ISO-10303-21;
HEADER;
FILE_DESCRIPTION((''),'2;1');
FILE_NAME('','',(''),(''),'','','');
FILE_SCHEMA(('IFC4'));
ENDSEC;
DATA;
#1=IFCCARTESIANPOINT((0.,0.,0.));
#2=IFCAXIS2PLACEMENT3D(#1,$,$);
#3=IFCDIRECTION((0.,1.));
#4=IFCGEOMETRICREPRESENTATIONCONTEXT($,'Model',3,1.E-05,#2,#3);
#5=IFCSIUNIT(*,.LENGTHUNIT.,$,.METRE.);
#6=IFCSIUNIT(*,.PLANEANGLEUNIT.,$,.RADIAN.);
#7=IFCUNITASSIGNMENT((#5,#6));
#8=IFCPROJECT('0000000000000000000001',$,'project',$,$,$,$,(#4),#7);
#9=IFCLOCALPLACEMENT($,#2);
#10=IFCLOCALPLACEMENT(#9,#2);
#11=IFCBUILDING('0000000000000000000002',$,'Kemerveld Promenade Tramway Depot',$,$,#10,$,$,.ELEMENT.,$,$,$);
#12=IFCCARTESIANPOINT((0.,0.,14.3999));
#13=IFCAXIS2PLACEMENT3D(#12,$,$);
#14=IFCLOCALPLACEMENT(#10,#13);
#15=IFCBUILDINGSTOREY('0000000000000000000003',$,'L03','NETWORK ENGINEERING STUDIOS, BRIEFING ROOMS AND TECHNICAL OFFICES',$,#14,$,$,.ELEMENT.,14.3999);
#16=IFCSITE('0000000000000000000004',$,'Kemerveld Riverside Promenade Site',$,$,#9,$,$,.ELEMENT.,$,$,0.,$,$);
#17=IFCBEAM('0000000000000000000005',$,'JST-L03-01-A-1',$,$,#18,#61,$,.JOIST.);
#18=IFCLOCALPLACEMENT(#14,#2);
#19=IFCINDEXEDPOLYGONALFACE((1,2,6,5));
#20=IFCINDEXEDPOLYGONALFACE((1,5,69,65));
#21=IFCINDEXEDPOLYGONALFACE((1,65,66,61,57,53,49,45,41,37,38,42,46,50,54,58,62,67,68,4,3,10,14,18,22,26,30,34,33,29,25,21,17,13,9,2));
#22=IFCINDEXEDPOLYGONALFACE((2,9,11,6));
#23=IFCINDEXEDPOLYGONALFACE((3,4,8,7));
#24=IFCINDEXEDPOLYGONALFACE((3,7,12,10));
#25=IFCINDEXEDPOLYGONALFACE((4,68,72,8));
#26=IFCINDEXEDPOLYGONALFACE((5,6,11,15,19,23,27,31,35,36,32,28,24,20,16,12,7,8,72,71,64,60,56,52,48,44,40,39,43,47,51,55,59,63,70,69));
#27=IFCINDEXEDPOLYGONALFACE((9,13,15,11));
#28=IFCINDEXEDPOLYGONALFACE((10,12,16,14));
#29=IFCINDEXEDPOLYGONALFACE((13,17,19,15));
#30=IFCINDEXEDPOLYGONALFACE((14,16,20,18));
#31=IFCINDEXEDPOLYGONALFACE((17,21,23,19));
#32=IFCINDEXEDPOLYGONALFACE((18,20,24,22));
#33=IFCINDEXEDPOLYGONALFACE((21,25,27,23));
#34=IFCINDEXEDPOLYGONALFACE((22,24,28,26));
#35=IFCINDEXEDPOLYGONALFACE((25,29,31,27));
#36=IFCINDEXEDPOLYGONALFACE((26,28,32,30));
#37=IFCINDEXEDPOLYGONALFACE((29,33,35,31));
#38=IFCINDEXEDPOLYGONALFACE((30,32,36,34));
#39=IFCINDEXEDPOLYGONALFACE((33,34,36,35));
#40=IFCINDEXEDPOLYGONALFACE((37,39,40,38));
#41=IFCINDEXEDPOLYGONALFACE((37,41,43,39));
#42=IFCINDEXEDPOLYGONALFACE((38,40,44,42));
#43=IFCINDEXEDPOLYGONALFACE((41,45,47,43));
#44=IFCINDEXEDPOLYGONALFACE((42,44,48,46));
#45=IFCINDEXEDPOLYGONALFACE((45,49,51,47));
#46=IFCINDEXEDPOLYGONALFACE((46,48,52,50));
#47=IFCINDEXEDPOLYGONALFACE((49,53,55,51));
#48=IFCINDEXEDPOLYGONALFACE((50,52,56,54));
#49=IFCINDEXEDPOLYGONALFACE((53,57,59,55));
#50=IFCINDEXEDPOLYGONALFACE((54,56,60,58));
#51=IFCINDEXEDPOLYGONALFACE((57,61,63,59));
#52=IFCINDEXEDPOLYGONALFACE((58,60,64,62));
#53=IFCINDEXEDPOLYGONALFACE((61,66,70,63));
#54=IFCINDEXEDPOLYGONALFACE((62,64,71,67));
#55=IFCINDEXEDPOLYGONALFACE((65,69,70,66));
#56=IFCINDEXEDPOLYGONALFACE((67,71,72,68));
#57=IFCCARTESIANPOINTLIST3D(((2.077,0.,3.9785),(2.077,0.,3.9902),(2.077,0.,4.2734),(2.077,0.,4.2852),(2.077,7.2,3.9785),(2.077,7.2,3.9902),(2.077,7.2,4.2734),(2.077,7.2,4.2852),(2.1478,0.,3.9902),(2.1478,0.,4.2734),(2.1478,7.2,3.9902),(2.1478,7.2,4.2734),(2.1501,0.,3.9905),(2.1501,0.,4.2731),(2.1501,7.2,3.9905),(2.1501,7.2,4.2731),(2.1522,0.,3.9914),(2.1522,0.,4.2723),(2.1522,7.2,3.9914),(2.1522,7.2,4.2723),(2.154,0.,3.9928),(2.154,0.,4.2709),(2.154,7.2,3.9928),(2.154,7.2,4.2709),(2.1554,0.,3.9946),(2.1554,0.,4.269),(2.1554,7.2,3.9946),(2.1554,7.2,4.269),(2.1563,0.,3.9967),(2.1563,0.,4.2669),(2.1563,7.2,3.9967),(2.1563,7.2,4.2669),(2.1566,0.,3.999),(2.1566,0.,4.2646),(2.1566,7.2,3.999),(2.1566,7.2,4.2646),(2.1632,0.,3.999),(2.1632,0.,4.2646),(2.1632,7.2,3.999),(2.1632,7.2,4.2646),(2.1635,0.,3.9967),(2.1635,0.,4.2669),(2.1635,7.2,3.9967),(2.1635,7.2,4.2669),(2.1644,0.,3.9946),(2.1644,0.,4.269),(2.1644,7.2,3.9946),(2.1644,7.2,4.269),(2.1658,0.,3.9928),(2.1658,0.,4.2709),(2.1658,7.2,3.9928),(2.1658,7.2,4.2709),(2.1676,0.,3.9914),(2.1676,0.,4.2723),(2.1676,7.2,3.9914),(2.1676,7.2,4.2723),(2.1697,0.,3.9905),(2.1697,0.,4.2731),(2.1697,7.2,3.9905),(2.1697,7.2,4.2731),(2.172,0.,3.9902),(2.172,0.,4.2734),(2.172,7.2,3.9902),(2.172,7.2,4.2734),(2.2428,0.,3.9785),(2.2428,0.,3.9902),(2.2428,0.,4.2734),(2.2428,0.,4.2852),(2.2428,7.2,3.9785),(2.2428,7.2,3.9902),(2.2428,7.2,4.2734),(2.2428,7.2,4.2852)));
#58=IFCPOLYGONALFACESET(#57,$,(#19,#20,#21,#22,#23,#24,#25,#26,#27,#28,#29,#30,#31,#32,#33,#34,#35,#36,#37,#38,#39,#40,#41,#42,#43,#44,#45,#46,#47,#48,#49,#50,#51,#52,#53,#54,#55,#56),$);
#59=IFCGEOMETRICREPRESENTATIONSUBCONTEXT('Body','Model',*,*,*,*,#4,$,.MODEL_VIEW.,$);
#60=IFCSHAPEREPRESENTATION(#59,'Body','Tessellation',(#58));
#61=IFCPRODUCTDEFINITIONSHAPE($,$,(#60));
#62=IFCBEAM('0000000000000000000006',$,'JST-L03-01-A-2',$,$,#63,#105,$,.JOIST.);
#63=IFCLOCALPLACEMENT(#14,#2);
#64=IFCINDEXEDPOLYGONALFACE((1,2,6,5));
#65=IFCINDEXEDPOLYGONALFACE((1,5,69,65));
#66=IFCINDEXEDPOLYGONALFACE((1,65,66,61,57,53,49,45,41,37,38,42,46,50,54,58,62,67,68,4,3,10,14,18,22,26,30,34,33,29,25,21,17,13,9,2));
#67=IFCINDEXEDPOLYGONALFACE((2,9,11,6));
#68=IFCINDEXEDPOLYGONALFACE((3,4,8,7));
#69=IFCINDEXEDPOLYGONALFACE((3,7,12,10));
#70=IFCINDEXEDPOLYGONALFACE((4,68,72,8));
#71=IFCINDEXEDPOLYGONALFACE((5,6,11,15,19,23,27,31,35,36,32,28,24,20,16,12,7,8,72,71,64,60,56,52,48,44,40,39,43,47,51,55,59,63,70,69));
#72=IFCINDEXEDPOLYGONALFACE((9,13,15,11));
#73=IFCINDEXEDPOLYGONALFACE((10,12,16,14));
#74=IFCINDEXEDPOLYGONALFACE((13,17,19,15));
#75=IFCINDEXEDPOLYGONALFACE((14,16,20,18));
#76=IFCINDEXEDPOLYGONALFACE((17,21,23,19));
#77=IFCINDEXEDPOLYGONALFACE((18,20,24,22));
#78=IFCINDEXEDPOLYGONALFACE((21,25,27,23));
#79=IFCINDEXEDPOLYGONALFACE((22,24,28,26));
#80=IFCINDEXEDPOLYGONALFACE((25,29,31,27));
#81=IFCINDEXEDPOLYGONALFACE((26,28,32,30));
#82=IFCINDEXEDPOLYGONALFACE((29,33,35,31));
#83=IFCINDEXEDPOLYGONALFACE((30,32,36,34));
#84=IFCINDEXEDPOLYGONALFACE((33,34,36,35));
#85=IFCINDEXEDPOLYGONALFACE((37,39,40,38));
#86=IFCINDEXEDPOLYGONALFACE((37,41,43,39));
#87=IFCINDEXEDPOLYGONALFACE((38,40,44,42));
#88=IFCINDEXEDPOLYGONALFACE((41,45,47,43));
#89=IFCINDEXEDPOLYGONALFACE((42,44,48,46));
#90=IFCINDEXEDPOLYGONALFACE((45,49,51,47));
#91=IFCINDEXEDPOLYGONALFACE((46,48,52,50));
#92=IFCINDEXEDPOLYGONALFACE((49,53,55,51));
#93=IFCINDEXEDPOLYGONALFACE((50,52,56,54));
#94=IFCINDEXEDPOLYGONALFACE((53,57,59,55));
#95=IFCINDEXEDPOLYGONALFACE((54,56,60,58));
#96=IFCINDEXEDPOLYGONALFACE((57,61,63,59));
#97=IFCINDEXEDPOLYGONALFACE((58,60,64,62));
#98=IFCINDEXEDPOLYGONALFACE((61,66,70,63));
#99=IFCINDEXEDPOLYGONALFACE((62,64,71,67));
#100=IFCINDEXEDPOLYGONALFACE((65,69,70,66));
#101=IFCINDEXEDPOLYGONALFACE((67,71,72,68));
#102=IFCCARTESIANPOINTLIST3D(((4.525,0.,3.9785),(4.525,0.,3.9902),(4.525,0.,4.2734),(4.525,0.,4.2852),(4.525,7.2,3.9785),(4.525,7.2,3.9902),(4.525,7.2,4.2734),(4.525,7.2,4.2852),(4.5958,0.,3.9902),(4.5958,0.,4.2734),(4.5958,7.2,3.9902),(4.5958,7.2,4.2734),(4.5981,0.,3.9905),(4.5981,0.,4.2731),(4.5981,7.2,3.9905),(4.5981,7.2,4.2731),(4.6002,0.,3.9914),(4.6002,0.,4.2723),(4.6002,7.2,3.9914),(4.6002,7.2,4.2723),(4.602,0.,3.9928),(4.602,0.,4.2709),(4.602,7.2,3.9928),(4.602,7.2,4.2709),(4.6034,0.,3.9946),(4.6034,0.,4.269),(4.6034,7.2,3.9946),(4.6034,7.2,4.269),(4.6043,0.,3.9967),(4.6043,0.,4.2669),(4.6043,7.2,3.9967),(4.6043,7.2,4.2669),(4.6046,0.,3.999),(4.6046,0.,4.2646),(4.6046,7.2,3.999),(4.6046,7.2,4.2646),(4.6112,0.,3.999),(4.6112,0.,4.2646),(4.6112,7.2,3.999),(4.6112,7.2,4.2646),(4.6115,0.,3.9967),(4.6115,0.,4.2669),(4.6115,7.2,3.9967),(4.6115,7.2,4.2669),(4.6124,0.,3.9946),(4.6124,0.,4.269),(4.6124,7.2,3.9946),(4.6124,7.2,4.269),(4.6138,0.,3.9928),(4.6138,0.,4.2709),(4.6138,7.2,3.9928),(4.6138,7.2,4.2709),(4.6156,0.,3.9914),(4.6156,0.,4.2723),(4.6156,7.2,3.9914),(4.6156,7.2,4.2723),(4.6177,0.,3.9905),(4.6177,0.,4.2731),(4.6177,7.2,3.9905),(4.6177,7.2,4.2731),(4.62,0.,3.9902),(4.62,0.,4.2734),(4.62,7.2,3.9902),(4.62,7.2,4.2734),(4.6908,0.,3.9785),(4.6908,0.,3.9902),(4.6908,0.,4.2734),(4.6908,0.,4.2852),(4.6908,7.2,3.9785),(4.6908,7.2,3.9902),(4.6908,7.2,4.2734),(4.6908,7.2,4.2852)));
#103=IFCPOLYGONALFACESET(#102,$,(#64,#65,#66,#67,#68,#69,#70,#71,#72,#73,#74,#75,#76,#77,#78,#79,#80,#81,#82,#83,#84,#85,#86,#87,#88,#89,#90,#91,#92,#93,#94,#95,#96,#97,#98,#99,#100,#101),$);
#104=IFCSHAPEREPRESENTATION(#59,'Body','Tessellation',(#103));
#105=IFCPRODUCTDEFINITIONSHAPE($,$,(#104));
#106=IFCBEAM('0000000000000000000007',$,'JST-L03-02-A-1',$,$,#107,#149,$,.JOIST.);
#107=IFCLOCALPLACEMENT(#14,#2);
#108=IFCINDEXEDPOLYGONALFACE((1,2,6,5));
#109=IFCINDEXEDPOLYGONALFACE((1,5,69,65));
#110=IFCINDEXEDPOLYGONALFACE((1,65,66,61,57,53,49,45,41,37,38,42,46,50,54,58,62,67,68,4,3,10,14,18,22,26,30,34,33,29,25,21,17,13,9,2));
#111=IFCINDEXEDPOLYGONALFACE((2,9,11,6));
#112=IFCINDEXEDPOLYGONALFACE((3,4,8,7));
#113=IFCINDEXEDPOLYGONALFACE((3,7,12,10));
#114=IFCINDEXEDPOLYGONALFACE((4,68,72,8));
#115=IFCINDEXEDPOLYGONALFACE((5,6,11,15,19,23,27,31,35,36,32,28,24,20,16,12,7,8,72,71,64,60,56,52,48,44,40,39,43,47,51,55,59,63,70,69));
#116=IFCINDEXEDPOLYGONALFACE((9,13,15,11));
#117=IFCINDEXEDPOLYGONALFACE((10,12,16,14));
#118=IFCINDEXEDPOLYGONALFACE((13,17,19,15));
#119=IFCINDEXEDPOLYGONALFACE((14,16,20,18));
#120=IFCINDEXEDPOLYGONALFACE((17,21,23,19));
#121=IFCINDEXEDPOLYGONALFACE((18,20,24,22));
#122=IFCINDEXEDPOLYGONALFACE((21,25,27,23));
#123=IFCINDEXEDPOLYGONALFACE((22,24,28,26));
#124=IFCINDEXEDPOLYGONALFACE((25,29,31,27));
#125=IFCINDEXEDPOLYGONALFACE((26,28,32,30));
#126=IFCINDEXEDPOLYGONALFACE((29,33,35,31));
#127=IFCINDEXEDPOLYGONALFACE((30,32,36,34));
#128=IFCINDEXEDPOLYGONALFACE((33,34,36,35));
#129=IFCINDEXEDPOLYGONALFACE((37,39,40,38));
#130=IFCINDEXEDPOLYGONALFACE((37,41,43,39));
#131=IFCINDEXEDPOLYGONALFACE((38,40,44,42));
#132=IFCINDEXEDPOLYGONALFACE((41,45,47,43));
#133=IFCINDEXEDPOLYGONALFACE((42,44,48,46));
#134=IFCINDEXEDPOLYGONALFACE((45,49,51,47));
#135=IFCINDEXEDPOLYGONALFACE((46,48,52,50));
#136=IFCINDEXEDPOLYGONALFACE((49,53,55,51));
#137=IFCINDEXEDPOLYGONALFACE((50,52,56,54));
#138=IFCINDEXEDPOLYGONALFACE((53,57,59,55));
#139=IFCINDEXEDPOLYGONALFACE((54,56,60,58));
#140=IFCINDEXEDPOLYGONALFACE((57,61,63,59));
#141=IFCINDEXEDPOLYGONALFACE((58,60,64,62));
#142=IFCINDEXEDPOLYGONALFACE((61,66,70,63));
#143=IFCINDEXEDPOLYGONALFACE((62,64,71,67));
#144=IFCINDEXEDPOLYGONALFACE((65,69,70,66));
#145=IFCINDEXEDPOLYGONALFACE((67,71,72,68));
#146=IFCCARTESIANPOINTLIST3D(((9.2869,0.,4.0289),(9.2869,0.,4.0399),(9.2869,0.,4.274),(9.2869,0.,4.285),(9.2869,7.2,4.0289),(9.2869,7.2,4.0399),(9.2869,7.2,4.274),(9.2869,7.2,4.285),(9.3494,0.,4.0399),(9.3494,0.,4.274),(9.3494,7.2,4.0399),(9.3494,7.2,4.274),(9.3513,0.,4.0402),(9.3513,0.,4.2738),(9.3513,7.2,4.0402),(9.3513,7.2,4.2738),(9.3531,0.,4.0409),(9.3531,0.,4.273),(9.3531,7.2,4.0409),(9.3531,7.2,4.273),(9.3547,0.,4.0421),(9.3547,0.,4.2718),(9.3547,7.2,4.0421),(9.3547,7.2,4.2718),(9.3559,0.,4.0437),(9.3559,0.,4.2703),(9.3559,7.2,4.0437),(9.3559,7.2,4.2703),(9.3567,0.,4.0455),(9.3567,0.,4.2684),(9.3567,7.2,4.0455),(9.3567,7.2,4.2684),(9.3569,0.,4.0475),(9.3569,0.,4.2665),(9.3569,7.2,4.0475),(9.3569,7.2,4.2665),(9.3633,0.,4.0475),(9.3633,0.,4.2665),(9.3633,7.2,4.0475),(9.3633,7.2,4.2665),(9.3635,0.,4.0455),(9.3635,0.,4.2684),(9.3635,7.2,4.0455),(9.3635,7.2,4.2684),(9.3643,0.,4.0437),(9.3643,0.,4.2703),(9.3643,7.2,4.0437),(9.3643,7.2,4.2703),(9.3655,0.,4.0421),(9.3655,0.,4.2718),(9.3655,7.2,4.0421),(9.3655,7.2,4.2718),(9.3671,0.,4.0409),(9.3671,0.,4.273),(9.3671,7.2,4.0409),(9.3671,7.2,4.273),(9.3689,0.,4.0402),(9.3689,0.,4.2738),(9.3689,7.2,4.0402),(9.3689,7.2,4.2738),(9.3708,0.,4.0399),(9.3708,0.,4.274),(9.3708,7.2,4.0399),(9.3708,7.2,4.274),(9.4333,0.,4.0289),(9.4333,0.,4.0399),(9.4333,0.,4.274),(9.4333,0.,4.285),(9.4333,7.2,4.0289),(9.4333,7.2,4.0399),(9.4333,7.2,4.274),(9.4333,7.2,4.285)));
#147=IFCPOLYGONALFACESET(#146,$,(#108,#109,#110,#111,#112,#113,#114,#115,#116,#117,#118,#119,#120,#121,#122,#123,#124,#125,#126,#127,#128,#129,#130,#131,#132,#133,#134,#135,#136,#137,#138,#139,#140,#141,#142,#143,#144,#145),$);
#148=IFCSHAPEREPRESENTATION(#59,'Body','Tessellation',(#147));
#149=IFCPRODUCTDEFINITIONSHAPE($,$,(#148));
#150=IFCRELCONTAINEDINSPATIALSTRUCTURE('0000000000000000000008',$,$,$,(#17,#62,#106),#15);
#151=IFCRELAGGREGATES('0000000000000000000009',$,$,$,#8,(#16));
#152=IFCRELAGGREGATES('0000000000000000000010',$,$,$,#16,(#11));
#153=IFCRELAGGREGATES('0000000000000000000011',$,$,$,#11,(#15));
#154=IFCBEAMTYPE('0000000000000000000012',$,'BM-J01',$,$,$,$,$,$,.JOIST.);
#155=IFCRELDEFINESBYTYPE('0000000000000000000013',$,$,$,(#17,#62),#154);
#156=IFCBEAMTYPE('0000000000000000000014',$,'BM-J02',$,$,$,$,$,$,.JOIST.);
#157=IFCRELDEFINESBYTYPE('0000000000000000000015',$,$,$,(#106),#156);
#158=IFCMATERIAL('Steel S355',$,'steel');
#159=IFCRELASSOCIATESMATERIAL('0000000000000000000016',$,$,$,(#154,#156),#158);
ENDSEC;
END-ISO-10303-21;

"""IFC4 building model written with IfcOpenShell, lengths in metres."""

from ifc_helpers import new_model, si_unit, direction, frame, origin, origin_2d, place, context, subcontext, project, spatial, i_section, extrude, material, material_profile, profile_set, type_object, element, save


model = new_model("IFC4")

# Units and contexts
model_context = context("Model", 3, precision=1e-05, world=origin(), true_north=direction((0.0, 1.0)))
body_context = subcontext(model_context, "Body", "Model", "MODEL_VIEW")
ifc_project = project(units=[si_unit("LENGTHUNIT", "METRE"), si_unit("PLANEANGLEUNIT", "RADIAN")], contexts=[model_context])

# Site, building, storey
site_placement = place(None, origin())
site = spatial("IfcSite", under=ifc_project, at=site_placement, Name="Kemerveld Riverside Promenade Site", CompositionType="ELEMENT", RefElevation=0.0)
building_placement = place(site_placement, origin())
building = spatial("IfcBuilding", under=site, at=building_placement, Name="Kemerveld Promenade Tramway Depot", CompositionType="ELEMENT")
storey_placement = place(building_placement, frame((0.0, 0.0, 14.3999)))
storey = spatial("IfcBuildingStorey", under=building, at=storey_placement, Name="L03", Description="NETWORK ENGINEERING STUDIOS, BRIEFING ROOMS AND TECHNICAL OFFICES", CompositionType="ELEMENT", Elevation=14.3999)

# Shared definitions
ifc_material_1 = material(Name="Steel S355", Category="steel")

# Beams
ifc_material_profile_1 = material_profile(ifc_material_1, i_section(OverallWidth=0.1658, OverallDepth=0.3066, WebThickness=0.0066, FlangeThickness=0.0117, FilletRadius=0.0088, at=origin_2d()), Name="305x165x46 UB")
ifc_profile_set_1 = profile_set([ifc_material_profile_1], Name="Steel S355")
beam_type_1 = type_object("IfcBeamType", Name="BM-J01", PredefinedType="JOIST", material=ifc_profile_set_1)
for number, where, z_axis, x_axis, name in (
    (1, (2.1599, 0.0, 4.1318), (0.0, 1.0, 0.0), (-1.0, 0.0, 0.0), "JST-L03-01-A-1"),
    (2, (4.6079, 0.0, 4.1318), (0.0, 1.0, 0.0), (-1.0, 0.0, 0.0), "JST-L03-01-A-2"),
):
    element("IfcBeam", number, at=place(storey_placement, frame(where, z_axis=z_axis, x_axis=x_axis)), inside=storey, type_object=beam_type_1, Name=name, PredefinedType="JOIST", context=body_context, shape_type="SweptSolid", body=[
        extrude(i_section(OverallWidth=0.1658, OverallDepth=0.3066, WebThickness=0.0066, FlangeThickness=0.0117, FilletRadius=0.0088, at=origin_2d()), origin(), (0.0, 0.0, 1.0), 7.2),
    ])
ifc_material_profile_2 = material_profile(ifc_material_1, i_section(OverallWidth=0.1465, OverallDepth=0.2561, WebThickness=0.0063, FlangeThickness=0.011, FilletRadius=0.0076, at=origin_2d()), Name="254x146x37 UB")
ifc_profile_set_2 = profile_set([ifc_material_profile_2], Name="Steel S355")
beam_type_2 = type_object("IfcBeamType", Name="BM-J02", PredefinedType="JOIST", material=ifc_profile_set_2)
beam_1_placement = place(storey_placement, frame((9.3601, 0.0, 4.157), z_axis=(0.0, 1.0, 0.0), x_axis=(-1.0, 0.0, 0.0)))
element("IfcBeam", 3, at=beam_1_placement, inside=storey, type_object=beam_type_2, Name="JST-L03-02-A-1", PredefinedType="JOIST", context=body_context, shape_type="SweptSolid", body=[
    extrude(i_section(OverallWidth=0.1465, OverallDepth=0.2561, WebThickness=0.0063, FlangeThickness=0.011, FilletRadius=0.0076, at=origin_2d()), origin(), (0.0, 0.0, 1.0), 7.2),
])

save(model, "model.ifc")
